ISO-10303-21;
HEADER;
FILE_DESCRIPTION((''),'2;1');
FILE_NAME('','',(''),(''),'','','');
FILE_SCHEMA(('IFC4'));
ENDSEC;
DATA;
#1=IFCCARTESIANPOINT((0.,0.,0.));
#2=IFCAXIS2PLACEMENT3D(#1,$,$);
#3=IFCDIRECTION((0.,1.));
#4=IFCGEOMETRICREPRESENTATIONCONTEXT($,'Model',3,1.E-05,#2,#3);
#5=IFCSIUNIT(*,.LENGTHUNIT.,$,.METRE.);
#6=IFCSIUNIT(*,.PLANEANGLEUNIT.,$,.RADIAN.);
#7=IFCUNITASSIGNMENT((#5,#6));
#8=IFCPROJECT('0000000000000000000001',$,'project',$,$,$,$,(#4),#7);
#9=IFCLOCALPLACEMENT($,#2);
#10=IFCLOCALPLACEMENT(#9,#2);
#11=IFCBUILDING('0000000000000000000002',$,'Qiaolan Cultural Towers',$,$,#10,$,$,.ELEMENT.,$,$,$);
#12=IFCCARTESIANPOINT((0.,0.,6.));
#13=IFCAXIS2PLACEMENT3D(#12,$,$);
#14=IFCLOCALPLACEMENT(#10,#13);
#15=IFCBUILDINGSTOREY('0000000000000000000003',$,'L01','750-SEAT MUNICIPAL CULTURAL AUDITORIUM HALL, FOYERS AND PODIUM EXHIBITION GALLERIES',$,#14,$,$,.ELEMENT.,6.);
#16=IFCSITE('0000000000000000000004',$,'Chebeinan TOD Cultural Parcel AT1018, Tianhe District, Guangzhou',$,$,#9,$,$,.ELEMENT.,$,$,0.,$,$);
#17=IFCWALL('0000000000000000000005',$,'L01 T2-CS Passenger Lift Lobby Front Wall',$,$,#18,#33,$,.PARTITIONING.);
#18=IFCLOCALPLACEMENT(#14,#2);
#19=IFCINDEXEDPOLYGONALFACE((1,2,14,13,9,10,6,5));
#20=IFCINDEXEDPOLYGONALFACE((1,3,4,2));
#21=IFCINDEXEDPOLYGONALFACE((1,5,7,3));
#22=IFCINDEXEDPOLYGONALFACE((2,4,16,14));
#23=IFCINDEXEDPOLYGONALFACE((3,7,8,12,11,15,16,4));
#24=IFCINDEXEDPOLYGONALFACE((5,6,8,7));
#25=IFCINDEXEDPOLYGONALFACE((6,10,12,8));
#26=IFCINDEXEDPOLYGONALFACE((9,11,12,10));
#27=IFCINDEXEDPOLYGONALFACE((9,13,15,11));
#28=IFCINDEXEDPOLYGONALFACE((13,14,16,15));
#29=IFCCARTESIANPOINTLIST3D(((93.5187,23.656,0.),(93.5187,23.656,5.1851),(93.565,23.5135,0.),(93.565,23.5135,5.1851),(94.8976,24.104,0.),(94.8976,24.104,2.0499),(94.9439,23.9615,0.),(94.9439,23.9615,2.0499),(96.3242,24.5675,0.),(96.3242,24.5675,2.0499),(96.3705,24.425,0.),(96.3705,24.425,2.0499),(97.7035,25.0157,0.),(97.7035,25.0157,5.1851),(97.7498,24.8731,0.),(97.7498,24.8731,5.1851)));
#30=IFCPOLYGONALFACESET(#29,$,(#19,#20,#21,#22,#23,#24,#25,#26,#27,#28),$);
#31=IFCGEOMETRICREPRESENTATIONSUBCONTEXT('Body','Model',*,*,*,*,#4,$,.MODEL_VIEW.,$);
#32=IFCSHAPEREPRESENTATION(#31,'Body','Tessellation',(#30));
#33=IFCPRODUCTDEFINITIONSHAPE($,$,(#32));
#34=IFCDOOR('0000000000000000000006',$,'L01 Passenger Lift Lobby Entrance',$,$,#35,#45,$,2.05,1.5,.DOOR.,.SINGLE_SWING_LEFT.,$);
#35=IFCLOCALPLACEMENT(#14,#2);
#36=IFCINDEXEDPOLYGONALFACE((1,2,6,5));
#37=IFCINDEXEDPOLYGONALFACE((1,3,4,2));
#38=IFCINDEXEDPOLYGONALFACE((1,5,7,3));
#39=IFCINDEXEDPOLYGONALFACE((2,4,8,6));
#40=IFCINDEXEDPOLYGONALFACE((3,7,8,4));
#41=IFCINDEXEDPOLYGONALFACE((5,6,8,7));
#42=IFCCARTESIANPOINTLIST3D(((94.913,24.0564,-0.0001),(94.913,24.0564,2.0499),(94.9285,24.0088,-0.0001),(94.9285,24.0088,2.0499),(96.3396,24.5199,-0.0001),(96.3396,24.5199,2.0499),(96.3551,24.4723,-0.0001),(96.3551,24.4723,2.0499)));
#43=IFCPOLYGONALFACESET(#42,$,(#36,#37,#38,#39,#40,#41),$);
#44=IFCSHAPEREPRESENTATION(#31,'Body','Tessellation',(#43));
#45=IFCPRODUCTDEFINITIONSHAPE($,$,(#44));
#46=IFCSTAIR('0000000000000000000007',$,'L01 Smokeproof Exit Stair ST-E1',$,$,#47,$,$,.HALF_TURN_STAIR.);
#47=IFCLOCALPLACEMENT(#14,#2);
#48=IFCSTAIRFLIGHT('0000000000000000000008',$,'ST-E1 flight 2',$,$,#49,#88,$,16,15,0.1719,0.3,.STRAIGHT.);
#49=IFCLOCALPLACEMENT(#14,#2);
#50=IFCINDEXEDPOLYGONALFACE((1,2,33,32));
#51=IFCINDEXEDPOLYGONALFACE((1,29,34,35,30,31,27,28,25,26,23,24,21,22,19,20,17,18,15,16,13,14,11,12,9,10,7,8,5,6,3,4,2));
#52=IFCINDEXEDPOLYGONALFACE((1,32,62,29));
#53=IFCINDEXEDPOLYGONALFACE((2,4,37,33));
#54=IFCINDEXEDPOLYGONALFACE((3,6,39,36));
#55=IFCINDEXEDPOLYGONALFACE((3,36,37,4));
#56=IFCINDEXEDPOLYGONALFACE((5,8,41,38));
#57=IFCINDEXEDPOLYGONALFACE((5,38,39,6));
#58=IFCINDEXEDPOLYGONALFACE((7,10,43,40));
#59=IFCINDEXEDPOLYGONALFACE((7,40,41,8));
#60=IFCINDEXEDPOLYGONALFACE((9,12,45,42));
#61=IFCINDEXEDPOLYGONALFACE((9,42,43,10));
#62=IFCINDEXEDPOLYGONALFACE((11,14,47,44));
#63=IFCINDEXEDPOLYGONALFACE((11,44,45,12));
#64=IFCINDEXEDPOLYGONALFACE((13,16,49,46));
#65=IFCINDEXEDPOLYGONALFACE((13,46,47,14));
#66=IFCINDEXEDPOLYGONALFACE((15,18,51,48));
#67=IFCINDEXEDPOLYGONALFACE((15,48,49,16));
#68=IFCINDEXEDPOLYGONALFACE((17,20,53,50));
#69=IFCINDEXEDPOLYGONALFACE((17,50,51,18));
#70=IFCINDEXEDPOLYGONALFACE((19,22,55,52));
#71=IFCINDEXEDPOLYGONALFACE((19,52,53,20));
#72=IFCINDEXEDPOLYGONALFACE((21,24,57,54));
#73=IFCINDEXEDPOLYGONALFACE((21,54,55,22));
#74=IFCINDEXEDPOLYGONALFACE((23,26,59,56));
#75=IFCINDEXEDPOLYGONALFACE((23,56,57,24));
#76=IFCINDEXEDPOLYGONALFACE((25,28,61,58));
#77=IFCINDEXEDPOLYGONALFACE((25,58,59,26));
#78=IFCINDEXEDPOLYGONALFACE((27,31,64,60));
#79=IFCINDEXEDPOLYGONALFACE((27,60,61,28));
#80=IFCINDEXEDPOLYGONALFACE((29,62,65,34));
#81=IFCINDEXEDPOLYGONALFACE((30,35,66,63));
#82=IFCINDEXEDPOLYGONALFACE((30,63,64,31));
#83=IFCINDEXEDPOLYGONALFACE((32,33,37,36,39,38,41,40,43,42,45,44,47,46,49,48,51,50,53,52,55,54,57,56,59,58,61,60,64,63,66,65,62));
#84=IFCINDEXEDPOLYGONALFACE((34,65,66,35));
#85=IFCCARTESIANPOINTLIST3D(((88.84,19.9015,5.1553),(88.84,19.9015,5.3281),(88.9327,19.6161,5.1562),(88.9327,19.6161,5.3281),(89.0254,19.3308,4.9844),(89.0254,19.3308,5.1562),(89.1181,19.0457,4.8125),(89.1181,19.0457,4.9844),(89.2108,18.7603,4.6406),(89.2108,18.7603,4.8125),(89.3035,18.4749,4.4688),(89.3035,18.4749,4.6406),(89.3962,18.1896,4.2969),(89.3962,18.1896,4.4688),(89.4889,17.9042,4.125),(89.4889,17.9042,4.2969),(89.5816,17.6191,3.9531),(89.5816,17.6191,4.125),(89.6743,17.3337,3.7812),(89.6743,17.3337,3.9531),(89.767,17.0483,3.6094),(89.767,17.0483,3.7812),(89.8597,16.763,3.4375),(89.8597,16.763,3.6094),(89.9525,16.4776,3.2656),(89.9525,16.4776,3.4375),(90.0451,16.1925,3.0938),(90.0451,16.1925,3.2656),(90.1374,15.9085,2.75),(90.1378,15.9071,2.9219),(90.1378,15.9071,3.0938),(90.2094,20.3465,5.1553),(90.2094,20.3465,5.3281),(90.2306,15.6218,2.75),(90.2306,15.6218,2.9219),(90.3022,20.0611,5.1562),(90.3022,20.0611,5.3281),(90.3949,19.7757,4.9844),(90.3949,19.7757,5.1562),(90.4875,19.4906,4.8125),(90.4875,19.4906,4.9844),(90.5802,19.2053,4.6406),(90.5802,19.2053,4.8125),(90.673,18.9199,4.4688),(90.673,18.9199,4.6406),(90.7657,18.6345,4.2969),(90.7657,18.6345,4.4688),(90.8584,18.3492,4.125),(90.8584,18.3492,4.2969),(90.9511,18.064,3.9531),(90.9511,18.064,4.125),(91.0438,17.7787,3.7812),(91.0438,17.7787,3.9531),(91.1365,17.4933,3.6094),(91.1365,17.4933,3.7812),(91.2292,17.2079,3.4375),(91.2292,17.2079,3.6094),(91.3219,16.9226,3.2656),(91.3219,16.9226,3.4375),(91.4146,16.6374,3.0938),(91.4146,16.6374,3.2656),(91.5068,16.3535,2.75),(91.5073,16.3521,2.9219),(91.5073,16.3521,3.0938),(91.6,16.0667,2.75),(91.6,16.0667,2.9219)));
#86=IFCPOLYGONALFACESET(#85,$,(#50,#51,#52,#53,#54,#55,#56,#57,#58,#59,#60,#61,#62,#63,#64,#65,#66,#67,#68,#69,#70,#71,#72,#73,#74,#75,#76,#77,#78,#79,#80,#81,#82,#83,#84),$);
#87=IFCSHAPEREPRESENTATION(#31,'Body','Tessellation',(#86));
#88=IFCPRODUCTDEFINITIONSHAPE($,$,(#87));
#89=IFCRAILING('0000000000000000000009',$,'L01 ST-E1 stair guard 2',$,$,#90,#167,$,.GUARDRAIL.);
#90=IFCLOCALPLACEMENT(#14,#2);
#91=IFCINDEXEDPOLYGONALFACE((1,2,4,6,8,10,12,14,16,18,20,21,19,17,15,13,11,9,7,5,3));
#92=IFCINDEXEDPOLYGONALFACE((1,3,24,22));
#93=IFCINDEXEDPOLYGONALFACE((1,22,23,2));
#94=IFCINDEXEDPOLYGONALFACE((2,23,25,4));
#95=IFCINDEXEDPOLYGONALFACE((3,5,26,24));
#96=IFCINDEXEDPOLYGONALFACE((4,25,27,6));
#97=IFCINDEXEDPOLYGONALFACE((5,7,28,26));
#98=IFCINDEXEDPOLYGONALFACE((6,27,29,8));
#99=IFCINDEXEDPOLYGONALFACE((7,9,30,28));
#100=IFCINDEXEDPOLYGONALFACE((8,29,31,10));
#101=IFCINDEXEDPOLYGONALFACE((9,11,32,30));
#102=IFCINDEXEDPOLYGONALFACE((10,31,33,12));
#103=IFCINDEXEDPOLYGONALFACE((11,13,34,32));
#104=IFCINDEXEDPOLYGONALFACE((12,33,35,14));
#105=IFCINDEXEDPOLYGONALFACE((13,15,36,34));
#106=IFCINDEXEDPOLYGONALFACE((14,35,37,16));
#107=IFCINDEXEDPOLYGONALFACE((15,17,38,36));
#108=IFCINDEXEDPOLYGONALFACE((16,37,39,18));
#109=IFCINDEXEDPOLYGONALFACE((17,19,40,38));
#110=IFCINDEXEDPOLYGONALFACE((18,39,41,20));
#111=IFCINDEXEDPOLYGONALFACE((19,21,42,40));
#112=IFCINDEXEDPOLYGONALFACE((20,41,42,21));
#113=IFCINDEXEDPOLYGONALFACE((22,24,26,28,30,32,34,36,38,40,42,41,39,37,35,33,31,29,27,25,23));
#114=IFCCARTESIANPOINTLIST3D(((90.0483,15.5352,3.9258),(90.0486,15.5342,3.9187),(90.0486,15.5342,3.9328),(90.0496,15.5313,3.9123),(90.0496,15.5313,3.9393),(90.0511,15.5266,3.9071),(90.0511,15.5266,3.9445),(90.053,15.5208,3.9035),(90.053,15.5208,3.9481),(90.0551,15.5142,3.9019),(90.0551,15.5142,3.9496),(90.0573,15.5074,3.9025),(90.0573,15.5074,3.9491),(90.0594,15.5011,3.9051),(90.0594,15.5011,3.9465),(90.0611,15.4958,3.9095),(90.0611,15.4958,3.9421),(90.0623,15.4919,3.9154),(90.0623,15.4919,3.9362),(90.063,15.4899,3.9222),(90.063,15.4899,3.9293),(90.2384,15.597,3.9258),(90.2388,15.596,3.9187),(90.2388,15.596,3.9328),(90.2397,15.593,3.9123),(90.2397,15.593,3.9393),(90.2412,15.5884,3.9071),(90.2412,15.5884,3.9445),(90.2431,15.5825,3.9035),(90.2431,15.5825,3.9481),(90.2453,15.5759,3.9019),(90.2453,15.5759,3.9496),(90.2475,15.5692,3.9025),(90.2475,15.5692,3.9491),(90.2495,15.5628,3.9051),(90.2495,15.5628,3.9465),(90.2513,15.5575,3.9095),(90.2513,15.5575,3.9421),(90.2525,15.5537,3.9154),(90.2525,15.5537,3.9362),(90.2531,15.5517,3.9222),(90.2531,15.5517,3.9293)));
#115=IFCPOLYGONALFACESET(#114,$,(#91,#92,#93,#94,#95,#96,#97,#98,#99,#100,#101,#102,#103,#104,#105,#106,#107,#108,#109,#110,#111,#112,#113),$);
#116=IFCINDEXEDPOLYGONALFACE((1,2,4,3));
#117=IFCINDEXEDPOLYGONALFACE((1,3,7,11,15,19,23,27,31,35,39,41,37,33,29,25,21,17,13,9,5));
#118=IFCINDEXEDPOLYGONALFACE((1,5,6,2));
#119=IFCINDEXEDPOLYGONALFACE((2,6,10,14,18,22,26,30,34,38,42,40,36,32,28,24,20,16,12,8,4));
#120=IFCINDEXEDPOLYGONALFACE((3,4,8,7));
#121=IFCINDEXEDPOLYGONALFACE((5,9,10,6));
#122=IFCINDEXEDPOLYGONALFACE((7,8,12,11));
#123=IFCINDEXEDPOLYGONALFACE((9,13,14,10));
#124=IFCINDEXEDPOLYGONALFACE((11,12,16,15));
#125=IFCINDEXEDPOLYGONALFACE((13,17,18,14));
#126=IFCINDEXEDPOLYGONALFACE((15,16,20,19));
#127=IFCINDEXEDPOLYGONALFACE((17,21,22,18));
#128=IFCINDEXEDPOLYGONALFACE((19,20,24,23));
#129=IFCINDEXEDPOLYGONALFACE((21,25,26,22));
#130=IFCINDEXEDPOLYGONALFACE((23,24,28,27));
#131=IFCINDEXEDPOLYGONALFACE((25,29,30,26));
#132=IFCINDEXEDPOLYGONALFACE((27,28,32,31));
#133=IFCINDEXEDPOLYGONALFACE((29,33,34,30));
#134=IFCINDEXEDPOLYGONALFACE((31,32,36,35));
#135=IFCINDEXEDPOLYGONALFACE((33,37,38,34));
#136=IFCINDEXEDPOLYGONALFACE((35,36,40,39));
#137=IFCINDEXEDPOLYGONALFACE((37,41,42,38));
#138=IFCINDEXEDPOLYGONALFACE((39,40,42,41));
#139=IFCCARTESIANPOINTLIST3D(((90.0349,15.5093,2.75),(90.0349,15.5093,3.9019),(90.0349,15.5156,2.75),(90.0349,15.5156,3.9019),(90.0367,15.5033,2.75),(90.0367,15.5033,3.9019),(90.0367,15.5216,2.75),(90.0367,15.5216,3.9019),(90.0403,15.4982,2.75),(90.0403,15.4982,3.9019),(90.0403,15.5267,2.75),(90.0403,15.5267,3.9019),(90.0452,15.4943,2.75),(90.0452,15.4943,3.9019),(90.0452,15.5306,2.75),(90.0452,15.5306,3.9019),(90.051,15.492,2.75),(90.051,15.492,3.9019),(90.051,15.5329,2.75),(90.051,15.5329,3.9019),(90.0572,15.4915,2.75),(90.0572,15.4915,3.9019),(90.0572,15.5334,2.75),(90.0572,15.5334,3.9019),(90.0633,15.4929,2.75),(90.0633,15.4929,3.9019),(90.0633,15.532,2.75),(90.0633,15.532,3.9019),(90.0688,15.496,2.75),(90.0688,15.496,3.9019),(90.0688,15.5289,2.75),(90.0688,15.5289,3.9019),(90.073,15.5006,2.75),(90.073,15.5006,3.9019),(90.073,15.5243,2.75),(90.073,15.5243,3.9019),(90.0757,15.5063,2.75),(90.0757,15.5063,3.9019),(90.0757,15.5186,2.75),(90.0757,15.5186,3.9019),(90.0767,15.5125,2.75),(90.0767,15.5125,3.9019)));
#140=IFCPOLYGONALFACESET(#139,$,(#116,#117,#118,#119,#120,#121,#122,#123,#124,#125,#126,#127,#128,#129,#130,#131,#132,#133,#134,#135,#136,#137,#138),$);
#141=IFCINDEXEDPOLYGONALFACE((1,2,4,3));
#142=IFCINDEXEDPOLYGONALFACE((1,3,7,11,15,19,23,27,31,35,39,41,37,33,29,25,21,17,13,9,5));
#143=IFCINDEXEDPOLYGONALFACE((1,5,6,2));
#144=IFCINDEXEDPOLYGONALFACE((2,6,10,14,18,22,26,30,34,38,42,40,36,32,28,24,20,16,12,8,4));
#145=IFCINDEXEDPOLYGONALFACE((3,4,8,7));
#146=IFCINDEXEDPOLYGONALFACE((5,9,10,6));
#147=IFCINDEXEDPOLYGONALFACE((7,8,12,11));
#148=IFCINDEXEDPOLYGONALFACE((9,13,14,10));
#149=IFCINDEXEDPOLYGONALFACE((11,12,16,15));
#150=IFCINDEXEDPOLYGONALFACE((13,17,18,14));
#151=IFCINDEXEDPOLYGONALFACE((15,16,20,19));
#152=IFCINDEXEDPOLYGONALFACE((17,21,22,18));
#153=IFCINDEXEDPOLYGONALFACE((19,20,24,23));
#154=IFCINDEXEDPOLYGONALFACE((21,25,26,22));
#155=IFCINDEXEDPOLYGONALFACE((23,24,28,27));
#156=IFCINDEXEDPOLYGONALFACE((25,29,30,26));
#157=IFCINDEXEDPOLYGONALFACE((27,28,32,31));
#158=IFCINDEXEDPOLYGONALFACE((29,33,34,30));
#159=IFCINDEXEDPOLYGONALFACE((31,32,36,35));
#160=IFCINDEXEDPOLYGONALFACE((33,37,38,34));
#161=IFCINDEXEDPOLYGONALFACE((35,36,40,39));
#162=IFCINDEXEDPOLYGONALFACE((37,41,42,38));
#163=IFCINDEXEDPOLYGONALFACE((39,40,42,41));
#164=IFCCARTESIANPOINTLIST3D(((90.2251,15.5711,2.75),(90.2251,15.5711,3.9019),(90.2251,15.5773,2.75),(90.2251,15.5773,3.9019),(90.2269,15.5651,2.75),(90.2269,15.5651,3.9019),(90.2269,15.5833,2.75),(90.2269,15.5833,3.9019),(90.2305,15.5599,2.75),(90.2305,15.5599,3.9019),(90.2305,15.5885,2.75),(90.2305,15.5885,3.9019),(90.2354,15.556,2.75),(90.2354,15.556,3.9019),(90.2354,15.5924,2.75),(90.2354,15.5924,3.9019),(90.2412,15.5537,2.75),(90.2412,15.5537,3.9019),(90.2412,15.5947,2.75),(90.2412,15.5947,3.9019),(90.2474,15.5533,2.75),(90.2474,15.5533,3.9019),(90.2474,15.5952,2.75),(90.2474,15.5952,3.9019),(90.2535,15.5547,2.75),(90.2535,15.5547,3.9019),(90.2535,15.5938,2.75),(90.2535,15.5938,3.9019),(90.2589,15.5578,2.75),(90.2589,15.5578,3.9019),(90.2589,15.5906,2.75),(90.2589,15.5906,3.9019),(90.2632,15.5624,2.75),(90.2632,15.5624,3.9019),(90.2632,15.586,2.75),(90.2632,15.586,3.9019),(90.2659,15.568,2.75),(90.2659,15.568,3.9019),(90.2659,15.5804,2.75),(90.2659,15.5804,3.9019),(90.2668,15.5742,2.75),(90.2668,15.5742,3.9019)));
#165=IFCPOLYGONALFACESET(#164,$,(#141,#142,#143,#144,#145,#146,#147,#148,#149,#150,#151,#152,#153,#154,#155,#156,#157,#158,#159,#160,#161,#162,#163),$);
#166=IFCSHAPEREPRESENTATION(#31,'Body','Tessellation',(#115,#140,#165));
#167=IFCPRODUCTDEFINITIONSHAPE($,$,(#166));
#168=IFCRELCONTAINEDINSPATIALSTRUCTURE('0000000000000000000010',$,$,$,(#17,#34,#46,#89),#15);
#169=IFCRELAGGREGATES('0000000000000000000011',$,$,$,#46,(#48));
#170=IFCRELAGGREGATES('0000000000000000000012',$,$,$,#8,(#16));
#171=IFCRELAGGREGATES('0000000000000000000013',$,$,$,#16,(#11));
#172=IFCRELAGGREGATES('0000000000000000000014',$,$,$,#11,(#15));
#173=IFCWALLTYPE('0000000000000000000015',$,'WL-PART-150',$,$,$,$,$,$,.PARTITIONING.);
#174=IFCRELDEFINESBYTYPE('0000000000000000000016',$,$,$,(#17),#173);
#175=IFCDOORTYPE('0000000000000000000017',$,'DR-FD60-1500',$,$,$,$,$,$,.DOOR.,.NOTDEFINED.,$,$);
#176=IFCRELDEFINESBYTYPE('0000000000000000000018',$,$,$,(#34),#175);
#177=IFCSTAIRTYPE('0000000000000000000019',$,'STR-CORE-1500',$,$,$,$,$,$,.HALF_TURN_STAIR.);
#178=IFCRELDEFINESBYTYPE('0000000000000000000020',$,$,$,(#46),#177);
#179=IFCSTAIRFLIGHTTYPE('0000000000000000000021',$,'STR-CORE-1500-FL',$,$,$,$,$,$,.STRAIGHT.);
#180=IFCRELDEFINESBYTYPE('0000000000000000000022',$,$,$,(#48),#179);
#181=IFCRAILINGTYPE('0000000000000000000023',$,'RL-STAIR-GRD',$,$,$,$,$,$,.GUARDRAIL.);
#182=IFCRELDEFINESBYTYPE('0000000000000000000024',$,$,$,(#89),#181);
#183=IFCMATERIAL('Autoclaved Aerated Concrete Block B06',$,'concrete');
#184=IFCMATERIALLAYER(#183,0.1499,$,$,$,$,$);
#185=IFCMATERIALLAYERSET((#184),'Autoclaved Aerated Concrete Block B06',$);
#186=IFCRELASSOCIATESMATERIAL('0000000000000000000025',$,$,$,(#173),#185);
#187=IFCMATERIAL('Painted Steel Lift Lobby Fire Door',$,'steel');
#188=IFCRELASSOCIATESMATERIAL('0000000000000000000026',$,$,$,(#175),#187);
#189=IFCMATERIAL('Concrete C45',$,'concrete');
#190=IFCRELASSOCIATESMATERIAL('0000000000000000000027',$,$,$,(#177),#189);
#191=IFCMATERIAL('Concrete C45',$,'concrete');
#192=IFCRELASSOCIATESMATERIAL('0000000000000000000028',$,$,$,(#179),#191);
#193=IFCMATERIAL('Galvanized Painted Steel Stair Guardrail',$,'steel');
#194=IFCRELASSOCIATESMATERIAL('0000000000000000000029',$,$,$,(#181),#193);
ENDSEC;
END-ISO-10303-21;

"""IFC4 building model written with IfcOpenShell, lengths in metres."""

from ifc_helpers import new_model, si_unit, direction, frame, frame_2d, origin, origin_2d, place, context, subcontext, project, spatial, polyline, rectangle, circle, outline, extrude, material, layer, layer_set, type_object, element, fill, aggregate, save


model = new_model("IFC4")

# Units and contexts
model_context = context("Model", 3, precision=1e-05, world=origin(), true_north=direction((0.0, 1.0)))
body_context = subcontext(model_context, "Body", "Model", "MODEL_VIEW")
ifc_project = project(units=[si_unit("LENGTHUNIT", "METRE"), si_unit("PLANEANGLEUNIT", "RADIAN")], contexts=[model_context])

# Site, building, storey
site_placement = place(None, origin())
site = spatial("IfcSite", under=ifc_project, at=site_placement, Name="Chebeinan TOD Cultural Parcel AT1018, Tianhe District, Guangzhou", CompositionType="ELEMENT", RefElevation=0.0)
building_placement = place(site_placement, origin())
building = spatial("IfcBuilding", under=site, at=building_placement, Name="Qiaolan Cultural Towers", CompositionType="ELEMENT")
storey_placement = place(building_placement, frame((0.0, 0.0, 6.0)))
storey = spatial("IfcBuildingStorey", under=building, at=storey_placement, Name="L01", Description="750-SEAT MUNICIPAL CULTURAL AUDITORIUM HALL, FOYERS AND PODIUM EXHIBITION GALLERIES", CompositionType="ELEMENT", Elevation=6.0)

# Wall, opening, door
ifc_material_1 = material(Name="Autoclaved Aerated Concrete Block B06", Category="concrete")
ifc_layer_1 = layer(ifc_material_1, 0.1499)
ifc_layer_set_1 = layer_set([ifc_layer_1], Name="Autoclaved Aerated Concrete Block B06")
wall_type_1 = type_object("IfcWallType", Name="WL-PART-150", PredefinedType="PARTITIONING", material=ifc_layer_set_1)
wall_1_placement = place(storey_placement, frame((93.5417, 23.5847, 0.0), z_axis=(0.0, 0.0, 1.0), x_axis=(0.951064, 0.308994, 0.0)))
wall_1 = element("IfcWall", 1, at=wall_1_placement, inside=storey, type_object=wall_type_1, Name="L01 T2-CS Passenger Lift Lobby Front Wall", PredefinedType="PARTITIONING", context=body_context, shape_type="SweptSolid", body=[
    extrude(rectangle(XDim=4.4001, YDim=0.1499, at=frame_2d((2.2002, 0.0))), origin(), (0.0, 0.0, 1.0), 5.1851),
])
opening_1_placement = place(wall_1_placement, frame((1.45, 0.0, 0.0)))
opening_1 = element("IfcOpeningElement", 2, at=opening_1_placement, cuts=wall_1, PredefinedType="OPENING", context=body_context, shape_type="SweptSolid", body=[
    extrude(rectangle(XDim=1.5, YDim=2.05, at=frame_2d((0.75, 1.0249))), frame((0.0, 0.085, 0.0), z_axis=(0.0, -1.0, 0.0), x_axis=(1.0, 0.0, 0.0)), (0.0, 0.0, 1.0), 0.1699),
])
ifc_material_2 = material(Name="Painted Steel Lift Lobby Fire Door", Category="steel")
door_type_1 = type_object("IfcDoorType", Name="DR-FD60-1500", OperationType="NOTDEFINED", PredefinedType="DOOR", material=ifc_material_2)
door_1_placement = place(opening_1_placement, origin())
door_1 = element("IfcDoor", 3, at=door_1_placement, inside=storey, type_object=door_type_1, Name="L01 Passenger Lift Lobby Entrance", OperationType="SINGLE_SWING_LEFT", OverallHeight=2.05, OverallWidth=1.5, PredefinedType="DOOR", context=body_context, shape_type="SweptSolid", body=[
    extrude(rectangle(XDim=1.5, YDim=2.05, at=frame_2d((0.75, 1.0249))), frame((0.0, 0.0249, 0.0), z_axis=(0.0, -1.0, 0.0), x_axis=(1.0, 0.0, 0.0)), (0.0, 0.0, 1.0), 0.05),
])
fill(opening_1, door_1)

# Stair, stair flight
ifc_material_3 = material(Name="Concrete C45", Category="concrete")
stair_type = type_object("IfcStairType", Name="STR-CORE-1500", PredefinedType="HALF_TURN_STAIR", material=ifc_material_3)
stair_placement = place(storey_placement, origin())
stair = element("IfcStair", 4, at=stair_placement, inside=storey, type_object=stair_type, Name="L01 Smokeproof Exit Stair ST-E1", PredefinedType="HALF_TURN_STAIR")
ifc_material_4 = material(Name="Concrete C45", Category="concrete")
stair_flight_type = type_object("IfcStairFlightType", Name="STR-CORE-1500-FL", PredefinedType="STRAIGHT", material=ifc_material_4)
stair_flight_placement = place(storey_placement, frame((90.9153, 15.8442, 2.75), z_axis=(0.0, 0.0, 1.0), x_axis=(-0.309017, 0.951057, 0.0)))
stair_flight = element("IfcStairFlight", 5, at=stair_flight_placement, type_object=stair_flight_type, Name="ST-E1 flight 2", NumberOfRisers=16, NumberOfTreads=15, PredefinedType="STRAIGHT", RiserHeight=0.1719, TreadLength=0.3, context=body_context, shape_type="SweptSolid", body=[
    extrude(outline(polyline([(0.0, 0.0), (0.0, 0.1719), (0.3, 0.1719), (0.3, 0.3438), (0.6001, 0.3438), (0.6001, 0.5156), (0.8999, 0.5156), (0.8999, 0.6875), (1.2, 0.6875), (1.2, 0.8594), (1.5, 0.8594), (1.5, 1.0312), (1.8, 1.0312), (1.8, 1.2031), (2.1001, 1.2031), (2.1001, 1.375), (2.3999, 1.375), (2.3999, 1.5469), (2.7, 1.5469), (2.7, 1.7188), (3.0, 1.7188), (3.0, 1.8906), (3.3, 1.8906), (3.3, 2.0625), (3.6001, 2.0625), (3.6001, 2.2344), (3.8999, 2.2344), (3.8999, 2.4062), (4.2, 2.4062), (4.2, 2.5781), (4.5, 2.5781), (4.5, 2.75), (4.5, 2.4053), (0.3015, 0.0), (0.0, 0.0)])), frame((0.0, 0.72, 0.0), z_axis=(0.0, -1.0, 0.0), x_axis=(1.0, 0.0, 0.0)), (0.0, 0.0, 1.0), 1.4399),
])
aggregate(stair, [stair_flight])

# Railing
ifc_material_5 = material(Name="Galvanized Painted Steel Stair Guardrail", Category="steel")
railing_type_1 = type_object("IfcRailingType", Name="RL-STAIR-GRD", PredefinedType="GUARDRAIL", material=ifc_material_5)
railing_1_placement = place(storey_placement, frame((90.0557, 15.5125, 2.75)))
element("IfcRailing", 6, at=railing_1_placement, inside=storey, type_object=railing_type_1, Name="L01 ST-E1 stair guard 2", PredefinedType="GUARDRAIL", context=body_context, shape_type="SweptSolid", body=[
    extrude(circle(Radius=0.0239, at=origin_2d()), frame((0.0, 0.0, 1.1758), z_axis=(0.951097, 0.308893, 0.0), x_axis=(-0.308893, 0.951097, 0.0)), (0.0, 0.0, 1.0), 0.2),
    extrude(circle(Radius=0.021, at=origin_2d()), origin(), (0.0, 0.0, 1.0), 1.1519),
    extrude(circle(Radius=0.021, at=origin_2d()), frame((0.1902, 0.0618, 0.0)), (0.0, 0.0, 1.0), 1.1519),
])

save(model, "model.ifc")
